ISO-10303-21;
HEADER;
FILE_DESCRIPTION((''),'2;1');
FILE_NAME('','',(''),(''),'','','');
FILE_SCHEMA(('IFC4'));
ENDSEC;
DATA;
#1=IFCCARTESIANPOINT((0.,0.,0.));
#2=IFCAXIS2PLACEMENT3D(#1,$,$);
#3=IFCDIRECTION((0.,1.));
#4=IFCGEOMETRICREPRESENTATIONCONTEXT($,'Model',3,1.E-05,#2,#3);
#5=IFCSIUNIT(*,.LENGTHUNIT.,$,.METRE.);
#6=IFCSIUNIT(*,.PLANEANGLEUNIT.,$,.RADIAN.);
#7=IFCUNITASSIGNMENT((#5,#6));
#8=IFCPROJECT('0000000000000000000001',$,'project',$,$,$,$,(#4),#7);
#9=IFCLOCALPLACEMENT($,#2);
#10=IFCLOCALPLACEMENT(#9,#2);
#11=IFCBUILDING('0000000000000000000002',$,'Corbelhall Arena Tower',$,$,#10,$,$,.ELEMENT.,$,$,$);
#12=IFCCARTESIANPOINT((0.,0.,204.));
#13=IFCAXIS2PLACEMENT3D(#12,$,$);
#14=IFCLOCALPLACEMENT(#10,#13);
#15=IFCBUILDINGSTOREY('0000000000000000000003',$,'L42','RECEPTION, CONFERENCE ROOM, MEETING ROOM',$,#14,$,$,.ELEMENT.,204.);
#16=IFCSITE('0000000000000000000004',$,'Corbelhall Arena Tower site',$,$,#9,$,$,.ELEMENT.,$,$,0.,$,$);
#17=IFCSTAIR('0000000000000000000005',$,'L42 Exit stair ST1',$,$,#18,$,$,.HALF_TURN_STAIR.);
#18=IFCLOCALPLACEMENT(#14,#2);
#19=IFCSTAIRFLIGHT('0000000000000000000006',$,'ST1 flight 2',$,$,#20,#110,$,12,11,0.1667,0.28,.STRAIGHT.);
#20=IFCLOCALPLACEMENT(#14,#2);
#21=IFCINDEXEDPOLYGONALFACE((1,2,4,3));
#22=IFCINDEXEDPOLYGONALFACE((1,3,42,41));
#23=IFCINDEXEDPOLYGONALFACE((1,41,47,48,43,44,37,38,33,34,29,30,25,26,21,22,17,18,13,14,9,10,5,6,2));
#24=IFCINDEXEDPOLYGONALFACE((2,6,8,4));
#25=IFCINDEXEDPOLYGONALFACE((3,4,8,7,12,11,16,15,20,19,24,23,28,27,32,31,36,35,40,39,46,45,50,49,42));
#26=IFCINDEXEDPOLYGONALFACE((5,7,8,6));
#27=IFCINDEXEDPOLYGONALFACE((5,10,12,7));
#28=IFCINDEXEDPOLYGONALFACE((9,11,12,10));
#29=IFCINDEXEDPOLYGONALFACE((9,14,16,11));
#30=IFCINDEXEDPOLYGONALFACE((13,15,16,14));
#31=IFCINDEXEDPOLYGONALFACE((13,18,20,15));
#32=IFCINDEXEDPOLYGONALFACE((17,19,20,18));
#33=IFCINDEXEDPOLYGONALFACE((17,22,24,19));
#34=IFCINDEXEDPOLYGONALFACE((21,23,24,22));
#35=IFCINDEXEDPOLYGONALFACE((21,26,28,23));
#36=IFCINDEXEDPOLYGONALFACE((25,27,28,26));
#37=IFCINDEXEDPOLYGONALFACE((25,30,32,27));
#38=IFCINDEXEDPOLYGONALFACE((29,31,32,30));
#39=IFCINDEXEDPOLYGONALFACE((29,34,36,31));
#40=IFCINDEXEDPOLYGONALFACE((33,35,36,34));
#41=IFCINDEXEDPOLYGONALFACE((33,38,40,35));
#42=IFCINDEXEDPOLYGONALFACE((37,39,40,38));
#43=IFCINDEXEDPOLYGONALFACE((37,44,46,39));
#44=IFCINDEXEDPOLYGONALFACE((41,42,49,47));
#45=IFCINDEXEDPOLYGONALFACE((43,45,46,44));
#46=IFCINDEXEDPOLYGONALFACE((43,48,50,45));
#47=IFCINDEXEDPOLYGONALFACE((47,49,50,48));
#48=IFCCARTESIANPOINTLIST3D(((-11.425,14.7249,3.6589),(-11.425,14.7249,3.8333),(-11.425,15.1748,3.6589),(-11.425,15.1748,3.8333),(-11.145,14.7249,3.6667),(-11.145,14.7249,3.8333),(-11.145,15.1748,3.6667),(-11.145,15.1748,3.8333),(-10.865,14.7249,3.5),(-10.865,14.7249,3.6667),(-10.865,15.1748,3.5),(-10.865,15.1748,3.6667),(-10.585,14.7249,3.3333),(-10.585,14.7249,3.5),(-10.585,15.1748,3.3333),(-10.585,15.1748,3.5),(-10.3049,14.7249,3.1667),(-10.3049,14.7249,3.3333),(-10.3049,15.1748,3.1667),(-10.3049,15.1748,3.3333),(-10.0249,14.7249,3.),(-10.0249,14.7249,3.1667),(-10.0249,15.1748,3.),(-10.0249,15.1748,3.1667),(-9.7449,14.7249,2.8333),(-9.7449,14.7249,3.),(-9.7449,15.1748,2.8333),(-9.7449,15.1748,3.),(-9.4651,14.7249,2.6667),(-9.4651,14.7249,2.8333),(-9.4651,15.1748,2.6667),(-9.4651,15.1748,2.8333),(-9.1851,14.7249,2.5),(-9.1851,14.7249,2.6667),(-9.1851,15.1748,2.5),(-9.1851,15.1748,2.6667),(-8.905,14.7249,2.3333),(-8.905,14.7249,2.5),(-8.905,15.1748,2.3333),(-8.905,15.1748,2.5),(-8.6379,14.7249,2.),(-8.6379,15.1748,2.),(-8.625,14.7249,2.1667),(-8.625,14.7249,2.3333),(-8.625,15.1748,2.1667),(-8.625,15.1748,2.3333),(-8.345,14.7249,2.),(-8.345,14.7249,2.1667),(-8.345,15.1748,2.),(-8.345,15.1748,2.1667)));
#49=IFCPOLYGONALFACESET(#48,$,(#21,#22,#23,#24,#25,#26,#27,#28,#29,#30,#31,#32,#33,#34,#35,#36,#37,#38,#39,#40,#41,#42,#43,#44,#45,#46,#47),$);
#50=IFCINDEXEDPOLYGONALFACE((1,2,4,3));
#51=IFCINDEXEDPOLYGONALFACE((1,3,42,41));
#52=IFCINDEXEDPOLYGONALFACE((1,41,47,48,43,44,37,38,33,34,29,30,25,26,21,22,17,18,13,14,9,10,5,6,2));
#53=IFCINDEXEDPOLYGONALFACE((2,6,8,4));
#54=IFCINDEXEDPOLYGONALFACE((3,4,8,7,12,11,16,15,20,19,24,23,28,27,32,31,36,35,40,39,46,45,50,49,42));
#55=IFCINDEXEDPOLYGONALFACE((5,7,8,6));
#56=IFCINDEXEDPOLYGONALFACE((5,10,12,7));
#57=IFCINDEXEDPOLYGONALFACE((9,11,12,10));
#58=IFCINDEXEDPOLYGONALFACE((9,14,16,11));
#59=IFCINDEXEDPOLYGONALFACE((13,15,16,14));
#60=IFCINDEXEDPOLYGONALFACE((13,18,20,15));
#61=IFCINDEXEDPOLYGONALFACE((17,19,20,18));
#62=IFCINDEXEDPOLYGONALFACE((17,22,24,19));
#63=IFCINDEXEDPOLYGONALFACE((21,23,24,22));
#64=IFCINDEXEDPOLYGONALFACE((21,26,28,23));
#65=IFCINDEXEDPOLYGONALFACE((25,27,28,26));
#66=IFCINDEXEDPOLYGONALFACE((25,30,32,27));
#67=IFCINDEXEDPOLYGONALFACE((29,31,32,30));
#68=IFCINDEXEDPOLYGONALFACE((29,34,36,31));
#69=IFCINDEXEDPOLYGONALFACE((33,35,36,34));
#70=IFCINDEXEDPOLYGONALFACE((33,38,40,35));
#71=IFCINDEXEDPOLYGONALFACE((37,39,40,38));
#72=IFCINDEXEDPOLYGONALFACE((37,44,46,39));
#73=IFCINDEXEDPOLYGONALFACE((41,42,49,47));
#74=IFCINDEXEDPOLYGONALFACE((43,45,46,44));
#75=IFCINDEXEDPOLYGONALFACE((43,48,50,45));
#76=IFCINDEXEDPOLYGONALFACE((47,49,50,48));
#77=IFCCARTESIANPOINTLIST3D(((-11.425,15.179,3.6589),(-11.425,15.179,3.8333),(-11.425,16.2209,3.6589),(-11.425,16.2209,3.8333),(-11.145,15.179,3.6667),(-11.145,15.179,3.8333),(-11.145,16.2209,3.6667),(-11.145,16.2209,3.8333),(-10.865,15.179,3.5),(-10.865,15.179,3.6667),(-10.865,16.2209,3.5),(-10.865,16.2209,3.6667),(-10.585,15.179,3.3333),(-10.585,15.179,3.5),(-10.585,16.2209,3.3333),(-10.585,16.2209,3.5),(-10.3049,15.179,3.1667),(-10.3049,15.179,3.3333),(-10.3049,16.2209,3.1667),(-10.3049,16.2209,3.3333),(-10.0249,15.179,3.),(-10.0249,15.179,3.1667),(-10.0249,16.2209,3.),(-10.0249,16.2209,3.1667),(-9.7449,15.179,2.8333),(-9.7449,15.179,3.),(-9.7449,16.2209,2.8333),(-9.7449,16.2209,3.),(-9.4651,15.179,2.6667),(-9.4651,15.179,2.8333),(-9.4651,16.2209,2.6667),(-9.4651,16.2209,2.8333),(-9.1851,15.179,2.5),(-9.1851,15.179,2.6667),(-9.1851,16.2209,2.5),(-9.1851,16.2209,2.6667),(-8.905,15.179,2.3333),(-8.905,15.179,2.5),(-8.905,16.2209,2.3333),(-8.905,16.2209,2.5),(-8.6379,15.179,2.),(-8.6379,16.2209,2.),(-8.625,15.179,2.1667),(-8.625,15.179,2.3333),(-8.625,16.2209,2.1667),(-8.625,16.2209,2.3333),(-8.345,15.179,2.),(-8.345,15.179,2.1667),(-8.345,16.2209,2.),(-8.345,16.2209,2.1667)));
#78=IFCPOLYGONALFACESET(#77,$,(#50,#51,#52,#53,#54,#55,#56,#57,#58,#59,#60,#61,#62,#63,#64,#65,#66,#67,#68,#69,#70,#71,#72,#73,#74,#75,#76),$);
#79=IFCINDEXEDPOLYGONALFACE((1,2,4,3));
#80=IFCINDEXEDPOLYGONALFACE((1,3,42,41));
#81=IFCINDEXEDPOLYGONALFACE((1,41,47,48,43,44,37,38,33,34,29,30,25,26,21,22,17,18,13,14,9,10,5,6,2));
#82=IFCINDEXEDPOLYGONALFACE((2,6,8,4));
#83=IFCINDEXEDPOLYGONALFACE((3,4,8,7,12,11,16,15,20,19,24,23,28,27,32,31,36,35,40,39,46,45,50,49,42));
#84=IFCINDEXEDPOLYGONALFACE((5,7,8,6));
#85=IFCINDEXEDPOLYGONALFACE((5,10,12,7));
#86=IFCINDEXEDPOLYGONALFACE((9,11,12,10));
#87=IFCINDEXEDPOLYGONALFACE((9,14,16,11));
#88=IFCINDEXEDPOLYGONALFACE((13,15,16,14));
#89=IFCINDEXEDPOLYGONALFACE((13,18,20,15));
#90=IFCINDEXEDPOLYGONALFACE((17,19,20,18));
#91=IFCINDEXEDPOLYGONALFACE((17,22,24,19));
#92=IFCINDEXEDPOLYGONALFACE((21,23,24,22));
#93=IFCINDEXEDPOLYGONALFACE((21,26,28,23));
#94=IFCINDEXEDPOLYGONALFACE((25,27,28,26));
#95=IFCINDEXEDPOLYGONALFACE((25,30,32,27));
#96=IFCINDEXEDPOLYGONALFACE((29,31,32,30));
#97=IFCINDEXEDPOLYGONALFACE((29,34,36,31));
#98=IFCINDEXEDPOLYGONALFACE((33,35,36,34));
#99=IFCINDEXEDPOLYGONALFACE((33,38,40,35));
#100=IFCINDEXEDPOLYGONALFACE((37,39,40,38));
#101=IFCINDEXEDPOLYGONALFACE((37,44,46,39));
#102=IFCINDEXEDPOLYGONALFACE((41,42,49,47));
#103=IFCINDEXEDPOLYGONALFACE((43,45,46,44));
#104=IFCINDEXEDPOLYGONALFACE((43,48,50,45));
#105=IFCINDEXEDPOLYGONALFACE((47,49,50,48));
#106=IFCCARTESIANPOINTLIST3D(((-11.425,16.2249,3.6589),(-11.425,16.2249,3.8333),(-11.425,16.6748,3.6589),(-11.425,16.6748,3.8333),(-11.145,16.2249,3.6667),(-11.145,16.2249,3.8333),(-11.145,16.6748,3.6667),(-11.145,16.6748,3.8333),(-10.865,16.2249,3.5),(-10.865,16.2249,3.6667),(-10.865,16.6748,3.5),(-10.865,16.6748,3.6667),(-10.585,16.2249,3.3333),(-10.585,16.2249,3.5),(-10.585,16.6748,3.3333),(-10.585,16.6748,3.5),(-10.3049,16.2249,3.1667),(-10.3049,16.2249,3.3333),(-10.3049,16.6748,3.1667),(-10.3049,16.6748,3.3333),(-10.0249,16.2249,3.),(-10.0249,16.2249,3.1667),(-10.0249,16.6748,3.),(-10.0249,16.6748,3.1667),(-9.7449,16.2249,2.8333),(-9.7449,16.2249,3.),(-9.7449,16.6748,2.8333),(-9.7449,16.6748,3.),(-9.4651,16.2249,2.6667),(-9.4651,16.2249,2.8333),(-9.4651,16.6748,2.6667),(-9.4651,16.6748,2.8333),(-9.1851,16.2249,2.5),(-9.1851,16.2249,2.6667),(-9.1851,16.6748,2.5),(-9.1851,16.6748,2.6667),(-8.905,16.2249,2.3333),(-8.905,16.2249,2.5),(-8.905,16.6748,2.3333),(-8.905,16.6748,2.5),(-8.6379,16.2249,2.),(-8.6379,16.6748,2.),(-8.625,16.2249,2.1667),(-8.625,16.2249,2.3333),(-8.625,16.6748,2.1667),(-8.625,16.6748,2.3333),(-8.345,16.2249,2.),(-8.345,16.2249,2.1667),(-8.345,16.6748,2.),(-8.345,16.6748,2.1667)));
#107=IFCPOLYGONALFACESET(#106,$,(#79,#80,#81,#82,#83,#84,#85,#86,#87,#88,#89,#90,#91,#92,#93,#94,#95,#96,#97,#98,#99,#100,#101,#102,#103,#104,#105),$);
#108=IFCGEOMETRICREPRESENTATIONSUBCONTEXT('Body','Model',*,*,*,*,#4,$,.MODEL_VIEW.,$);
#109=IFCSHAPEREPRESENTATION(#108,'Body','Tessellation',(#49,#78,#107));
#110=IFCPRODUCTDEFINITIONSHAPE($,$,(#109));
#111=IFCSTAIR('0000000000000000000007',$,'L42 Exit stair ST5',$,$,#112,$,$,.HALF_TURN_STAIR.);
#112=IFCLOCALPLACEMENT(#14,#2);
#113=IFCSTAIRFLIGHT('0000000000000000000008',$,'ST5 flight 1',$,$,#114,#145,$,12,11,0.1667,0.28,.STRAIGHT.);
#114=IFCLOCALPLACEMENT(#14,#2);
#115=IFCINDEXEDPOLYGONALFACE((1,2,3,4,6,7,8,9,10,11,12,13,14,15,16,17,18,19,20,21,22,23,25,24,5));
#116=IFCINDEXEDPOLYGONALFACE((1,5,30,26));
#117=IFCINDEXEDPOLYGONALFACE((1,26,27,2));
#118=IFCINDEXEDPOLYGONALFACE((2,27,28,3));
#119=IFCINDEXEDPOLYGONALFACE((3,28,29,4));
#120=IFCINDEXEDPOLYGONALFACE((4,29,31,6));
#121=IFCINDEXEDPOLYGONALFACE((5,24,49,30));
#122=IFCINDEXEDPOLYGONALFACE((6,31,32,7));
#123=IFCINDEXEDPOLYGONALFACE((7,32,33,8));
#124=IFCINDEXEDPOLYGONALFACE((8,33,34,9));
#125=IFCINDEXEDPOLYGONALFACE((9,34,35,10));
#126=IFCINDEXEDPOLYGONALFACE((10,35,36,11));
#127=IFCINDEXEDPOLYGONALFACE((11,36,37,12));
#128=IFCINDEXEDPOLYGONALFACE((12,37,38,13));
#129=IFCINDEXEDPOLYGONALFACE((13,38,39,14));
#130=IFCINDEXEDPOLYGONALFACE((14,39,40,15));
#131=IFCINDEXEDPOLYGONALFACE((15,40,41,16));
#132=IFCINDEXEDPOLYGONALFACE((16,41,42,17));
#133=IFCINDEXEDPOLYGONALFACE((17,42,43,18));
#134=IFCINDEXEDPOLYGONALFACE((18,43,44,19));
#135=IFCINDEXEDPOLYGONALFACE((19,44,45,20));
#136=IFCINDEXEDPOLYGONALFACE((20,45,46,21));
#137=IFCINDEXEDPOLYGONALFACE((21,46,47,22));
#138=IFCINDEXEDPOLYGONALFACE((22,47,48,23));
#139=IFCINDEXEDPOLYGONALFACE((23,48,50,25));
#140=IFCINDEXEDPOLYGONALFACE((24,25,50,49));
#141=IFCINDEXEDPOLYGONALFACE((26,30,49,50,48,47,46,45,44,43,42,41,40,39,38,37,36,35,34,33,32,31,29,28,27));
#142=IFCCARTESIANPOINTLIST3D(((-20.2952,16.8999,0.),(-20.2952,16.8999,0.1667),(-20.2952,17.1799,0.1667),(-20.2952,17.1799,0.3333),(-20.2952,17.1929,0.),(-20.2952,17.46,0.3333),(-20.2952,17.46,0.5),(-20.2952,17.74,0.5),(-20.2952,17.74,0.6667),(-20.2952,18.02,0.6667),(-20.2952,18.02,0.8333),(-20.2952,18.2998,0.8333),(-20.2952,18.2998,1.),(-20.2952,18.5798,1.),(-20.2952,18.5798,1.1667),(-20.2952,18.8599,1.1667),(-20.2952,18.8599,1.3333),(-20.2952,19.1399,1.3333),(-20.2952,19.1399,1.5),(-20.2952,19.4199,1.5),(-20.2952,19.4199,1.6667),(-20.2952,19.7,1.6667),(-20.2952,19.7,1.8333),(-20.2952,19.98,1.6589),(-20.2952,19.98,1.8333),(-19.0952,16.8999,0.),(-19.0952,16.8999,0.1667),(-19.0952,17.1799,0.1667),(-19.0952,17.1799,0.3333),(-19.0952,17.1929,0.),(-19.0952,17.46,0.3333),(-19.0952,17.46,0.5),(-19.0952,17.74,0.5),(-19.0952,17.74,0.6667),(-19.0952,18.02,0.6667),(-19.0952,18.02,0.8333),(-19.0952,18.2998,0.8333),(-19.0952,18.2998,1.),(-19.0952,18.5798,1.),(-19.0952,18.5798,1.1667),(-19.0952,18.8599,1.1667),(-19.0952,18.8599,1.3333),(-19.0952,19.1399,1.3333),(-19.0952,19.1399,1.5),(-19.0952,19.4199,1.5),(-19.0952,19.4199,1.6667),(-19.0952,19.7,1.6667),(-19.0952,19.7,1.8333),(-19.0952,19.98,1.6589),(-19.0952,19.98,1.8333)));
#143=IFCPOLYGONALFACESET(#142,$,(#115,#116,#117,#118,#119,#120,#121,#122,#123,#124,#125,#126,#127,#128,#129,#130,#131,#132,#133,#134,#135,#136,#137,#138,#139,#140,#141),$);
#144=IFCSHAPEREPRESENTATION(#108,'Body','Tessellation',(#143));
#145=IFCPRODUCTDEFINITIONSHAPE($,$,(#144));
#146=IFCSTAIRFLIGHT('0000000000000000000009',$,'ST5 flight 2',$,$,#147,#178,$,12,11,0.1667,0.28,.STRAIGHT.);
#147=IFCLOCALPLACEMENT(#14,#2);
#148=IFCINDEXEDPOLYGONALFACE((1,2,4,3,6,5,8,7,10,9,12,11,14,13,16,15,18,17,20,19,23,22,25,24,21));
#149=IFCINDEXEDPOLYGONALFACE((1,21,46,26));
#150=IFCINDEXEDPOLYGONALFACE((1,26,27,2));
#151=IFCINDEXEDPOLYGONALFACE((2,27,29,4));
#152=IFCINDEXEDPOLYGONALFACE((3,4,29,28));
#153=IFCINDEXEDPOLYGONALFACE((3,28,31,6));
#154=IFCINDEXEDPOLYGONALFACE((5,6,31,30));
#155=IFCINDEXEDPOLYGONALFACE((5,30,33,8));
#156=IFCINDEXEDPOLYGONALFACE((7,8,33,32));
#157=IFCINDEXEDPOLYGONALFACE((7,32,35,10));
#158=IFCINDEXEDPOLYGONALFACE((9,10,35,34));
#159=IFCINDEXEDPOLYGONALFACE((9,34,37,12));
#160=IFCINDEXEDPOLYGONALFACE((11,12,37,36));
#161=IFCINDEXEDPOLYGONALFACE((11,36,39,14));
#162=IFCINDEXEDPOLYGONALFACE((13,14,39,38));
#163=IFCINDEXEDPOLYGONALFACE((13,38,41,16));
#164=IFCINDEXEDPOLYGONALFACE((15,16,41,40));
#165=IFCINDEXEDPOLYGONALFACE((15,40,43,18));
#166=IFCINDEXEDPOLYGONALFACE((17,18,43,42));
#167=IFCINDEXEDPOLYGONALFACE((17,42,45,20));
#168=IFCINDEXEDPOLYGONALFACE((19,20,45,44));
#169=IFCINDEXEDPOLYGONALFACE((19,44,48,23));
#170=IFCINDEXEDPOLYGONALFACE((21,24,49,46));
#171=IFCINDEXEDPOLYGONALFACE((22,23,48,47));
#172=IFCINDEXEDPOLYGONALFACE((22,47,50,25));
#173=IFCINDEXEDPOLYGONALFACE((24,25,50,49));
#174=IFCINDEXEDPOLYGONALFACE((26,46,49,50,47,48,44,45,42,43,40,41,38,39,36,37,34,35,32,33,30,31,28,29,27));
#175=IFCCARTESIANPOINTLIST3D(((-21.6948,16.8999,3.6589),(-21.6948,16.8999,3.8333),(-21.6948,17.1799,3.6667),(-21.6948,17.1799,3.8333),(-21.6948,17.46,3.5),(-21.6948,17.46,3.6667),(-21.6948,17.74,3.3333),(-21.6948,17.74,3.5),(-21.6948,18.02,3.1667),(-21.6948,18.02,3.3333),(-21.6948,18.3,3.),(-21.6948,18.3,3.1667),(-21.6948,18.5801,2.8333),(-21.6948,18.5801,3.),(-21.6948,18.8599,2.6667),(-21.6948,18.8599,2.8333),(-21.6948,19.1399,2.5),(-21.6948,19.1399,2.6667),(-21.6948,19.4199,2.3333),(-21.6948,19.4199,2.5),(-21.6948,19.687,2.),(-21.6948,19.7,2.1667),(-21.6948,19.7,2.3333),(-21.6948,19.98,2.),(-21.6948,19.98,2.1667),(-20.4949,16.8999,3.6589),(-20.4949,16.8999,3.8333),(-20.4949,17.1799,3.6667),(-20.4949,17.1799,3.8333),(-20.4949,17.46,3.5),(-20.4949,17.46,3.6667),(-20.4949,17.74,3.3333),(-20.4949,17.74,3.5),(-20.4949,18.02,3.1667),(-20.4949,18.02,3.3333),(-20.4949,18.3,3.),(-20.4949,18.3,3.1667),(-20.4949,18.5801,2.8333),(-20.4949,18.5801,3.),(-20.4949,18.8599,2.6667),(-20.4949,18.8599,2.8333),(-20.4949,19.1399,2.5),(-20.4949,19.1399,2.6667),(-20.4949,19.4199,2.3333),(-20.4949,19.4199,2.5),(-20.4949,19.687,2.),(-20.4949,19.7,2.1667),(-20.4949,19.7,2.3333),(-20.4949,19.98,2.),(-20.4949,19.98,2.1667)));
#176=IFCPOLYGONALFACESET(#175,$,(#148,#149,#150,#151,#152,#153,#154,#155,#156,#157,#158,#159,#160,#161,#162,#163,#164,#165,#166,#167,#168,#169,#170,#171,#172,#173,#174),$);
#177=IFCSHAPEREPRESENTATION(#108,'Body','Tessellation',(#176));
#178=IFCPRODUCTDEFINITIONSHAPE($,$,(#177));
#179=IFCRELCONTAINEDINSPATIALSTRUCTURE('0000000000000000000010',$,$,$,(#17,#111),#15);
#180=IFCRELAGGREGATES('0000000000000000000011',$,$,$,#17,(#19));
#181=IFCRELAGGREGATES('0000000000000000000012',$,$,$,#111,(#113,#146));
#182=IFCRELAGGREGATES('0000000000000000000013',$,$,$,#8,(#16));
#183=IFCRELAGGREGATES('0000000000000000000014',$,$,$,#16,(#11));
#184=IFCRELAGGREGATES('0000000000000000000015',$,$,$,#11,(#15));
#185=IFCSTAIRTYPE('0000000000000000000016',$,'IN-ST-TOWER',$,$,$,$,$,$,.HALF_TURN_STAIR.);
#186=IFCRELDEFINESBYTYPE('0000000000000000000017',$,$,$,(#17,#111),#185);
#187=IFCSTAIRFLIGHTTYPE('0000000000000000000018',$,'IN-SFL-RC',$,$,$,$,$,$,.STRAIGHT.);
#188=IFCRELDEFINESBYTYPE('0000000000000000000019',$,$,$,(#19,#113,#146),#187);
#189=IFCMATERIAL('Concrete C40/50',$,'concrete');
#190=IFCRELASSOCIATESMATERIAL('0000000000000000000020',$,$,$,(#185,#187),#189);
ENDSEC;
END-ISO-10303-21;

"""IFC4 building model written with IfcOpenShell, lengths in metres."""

from ifc_helpers import new_model, si_unit, direction, frame, origin, place, context, subcontext, project, spatial, polyline, outline, extrude, material, type_object, element, aggregate, save


model = new_model("IFC4")

# Units and contexts
model_context = context("Model", 3, precision=1e-05, world=origin(), true_north=direction((0.0, 1.0)))
body_context = subcontext(model_context, "Body", "Model", "MODEL_VIEW")
ifc_project = project(units=[si_unit("LENGTHUNIT", "METRE"), si_unit("PLANEANGLEUNIT", "RADIAN")], contexts=[model_context])

# Site, building, storey
site_placement = place(None, origin())
site = spatial("IfcSite", under=ifc_project, at=site_placement, Name="Corbelhall Arena Tower site", CompositionType="ELEMENT", RefElevation=0.0)
building_placement = place(site_placement, origin())
building = spatial("IfcBuilding", under=site, at=building_placement, Name="Corbelhall Arena Tower", CompositionType="ELEMENT")
storey_placement = place(building_placement, frame((0.0, 0.0, 204.0)))
storey = spatial("IfcBuildingStorey", under=building, at=storey_placement, Name="L42", Description="RECEPTION, CONFERENCE ROOM, MEETING ROOM", CompositionType="ELEMENT", Elevation=204.0)

# Shared definitions
ifc_material_1 = material(Name="Concrete C40/50", Category="concrete")

# Stair, stair flight
stair_type = type_object("IfcStairType", Name="IN-ST-TOWER", PredefinedType="HALF_TURN_STAIR", material=ifc_material_1)
stair_1_placement = place(storey_placement, origin())
stair_1 = element("IfcStair", 1, at=stair_1_placement, inside=storey, type_object=stair_type, Name="L42 Exit stair ST1", PredefinedType="HALF_TURN_STAIR")
stair_flight_type = type_object("IfcStairFlightType", Name="IN-SFL-RC", PredefinedType="STRAIGHT", material=ifc_material_1)
stair_flight_1_placement = place(storey_placement, frame((-8.345, 15.7, 2.0), z_axis=(0.0, 0.0, 1.0), x_axis=(-1.0, 0.0, 0.0)))
stair_flight_1 = element("IfcStairFlight", 2, at=stair_flight_1_placement, type_object=stair_flight_type, Name="ST1 flight 2", NumberOfRisers=12, NumberOfTreads=11, PredefinedType="STRAIGHT", RiserHeight=0.1667, TreadLength=0.28, context=body_context, shape_type="SweptSolid", body=[
    extrude(outline(polyline([(0.0, 0.0), (0.0, 0.1667), (0.28, 0.1667), (0.28, 0.3333), (0.5601, 0.3333), (0.5601, 0.5), (0.8401, 0.5), (0.8401, 0.6667), (1.1201, 0.6667), (1.1201, 0.8333), (1.3999, 0.8333), (1.3999, 1.0), (1.6799, 1.0), (1.6799, 1.1667), (1.96, 1.1667), (1.96, 1.3333), (2.24, 1.3333), (2.24, 1.5), (2.52, 1.5), (2.52, 1.6667), (2.8, 1.6667), (2.8, 1.8333), (3.0801, 1.8333), (3.0801, 2.0), (3.0801, 1.6589), (0.293, 0.0), (0.0, 0.0)])), frame((0.0, 0.9751, 0.0), z_axis=(0.0, -1.0, 0.0), x_axis=(1.0, 0.0, 0.0)), (0.0, 0.0, 1.0), 0.45),
    extrude(outline(polyline([(0.0, 0.0), (0.0, 0.1667), (0.28, 0.1667), (0.28, 0.3333), (0.5601, 0.3333), (0.5601, 0.5), (0.8401, 0.5), (0.8401, 0.6667), (1.1201, 0.6667), (1.1201, 0.8333), (1.3999, 0.8333), (1.3999, 1.0), (1.6799, 1.0), (1.6799, 1.1667), (1.96, 1.1667), (1.96, 1.3333), (2.24, 1.3333), (2.24, 1.5), (2.52, 1.5), (2.52, 1.6667), (2.8, 1.6667), (2.8, 1.8333), (3.0801, 1.8333), (3.0801, 2.0), (3.0801, 1.6589), (0.293, 0.0), (0.0, 0.0)])), frame((0.0, 0.521, 0.0), z_axis=(0.0, -1.0, 0.0), x_axis=(1.0, 0.0, 0.0)), (0.0, 0.0, 1.0), 1.042),
    extrude(outline(polyline([(0.0, 0.0), (0.0, 0.1667), (0.28, 0.1667), (0.28, 0.3333), (0.5601, 0.3333), (0.5601, 0.5), (0.8401, 0.5), (0.8401, 0.6667), (1.1201, 0.6667), (1.1201, 0.8333), (1.3999, 0.8333), (1.3999, 1.0), (1.6799, 1.0), (1.6799, 1.1667), (1.96, 1.1667), (1.96, 1.3333), (2.24, 1.3333), (2.24, 1.5), (2.52, 1.5), (2.52, 1.6667), (2.8, 1.6667), (2.8, 1.8333), (3.0801, 1.8333), (3.0801, 2.0), (3.0801, 1.6589), (0.293, 0.0), (0.0, 0.0)])), frame((0.0, -0.5249, 0.0), z_axis=(0.0, -1.0, 0.0), x_axis=(1.0, 0.0, 0.0)), (0.0, 0.0, 1.0), 0.45),
])
aggregate(stair_1, [stair_flight_1])

# Stair, stair flights
stair_2_placement = place(storey_placement, origin())
stair_2 = element("IfcStair", 3, at=stair_2_placement, inside=storey, type_object=stair_type, Name="L42 Exit stair ST5", PredefinedType="HALF_TURN_STAIR")
stair_flight_2_placement = place(storey_placement, frame((-19.6951, 16.8999, 0.0), z_axis=(0.0, 0.0, 1.0), x_axis=(0.0, 1.0, 0.0)))
stair_flight_2 = element("IfcStairFlight", 4, at=stair_flight_2_placement, type_object=stair_flight_type, Name="ST5 flight 1", NumberOfRisers=12, NumberOfTreads=11, PredefinedType="STRAIGHT", RiserHeight=0.1667, TreadLength=0.28, context=body_context, shape_type="SweptSolid", body=[
    extrude(outline(polyline([(0.0, 0.0), (0.0, 0.1667), (0.28, 0.1667), (0.28, 0.3333), (0.5601, 0.3333), (0.5601, 0.5), (0.8401, 0.5), (0.8401, 0.6667), (1.1201, 0.6667), (1.1201, 0.8333), (1.3999, 0.8333), (1.3999, 1.0), (1.6799, 1.0), (1.6799, 1.1667), (1.96, 1.1667), (1.96, 1.3333), (2.24, 1.3333), (2.24, 1.5), (2.52, 1.5), (2.52, 1.6667), (2.8, 1.6667), (2.8, 1.8333), (3.0801, 1.8333), (3.0801, 2.0), (3.0801, 1.6589), (0.293, 0.0), (0.0, 0.0)])), frame((0.0, 0.6001, 0.0), z_axis=(0.0, -1.0, 0.0), x_axis=(1.0, 0.0, 0.0)), (0.0, 0.0, 1.0), 1.2),
])
stair_flight_3_placement = place(storey_placement, frame((-21.095, 19.98, 2.0), z_axis=(0.0, 0.0, 1.0), x_axis=(0.0, -1.0, 0.0)))
stair_flight_3 = element("IfcStairFlight", 5, at=stair_flight_3_placement, type_object=stair_flight_type, Name="ST5 flight 2", NumberOfRisers=12, NumberOfTreads=11, PredefinedType="STRAIGHT", RiserHeight=0.1667, TreadLength=0.28, context=body_context, shape_type="SweptSolid", body=[
    extrude(outline(polyline([(0.0, 0.0), (0.0, 0.1667), (0.28, 0.1667), (0.28, 0.3333), (0.5601, 0.3333), (0.5601, 0.5), (0.8401, 0.5), (0.8401, 0.6667), (1.1201, 0.6667), (1.1201, 0.8333), (1.3999, 0.8333), (1.3999, 1.0), (1.6799, 1.0), (1.6799, 1.1667), (1.96, 1.1667), (1.96, 1.3333), (2.24, 1.3333), (2.24, 1.5), (2.52, 1.5), (2.52, 1.6667), (2.8, 1.6667), (2.8, 1.8333), (3.0801, 1.8333), (3.0801, 2.0), (3.0801, 1.6589), (0.293, 0.0), (0.0, 0.0)])), frame((0.0, 0.6001, 0.0), z_axis=(0.0, -1.0, 0.0), x_axis=(1.0, 0.0, 0.0)), (0.0, 0.0, 1.0), 1.2),
])
aggregate(stair_2, [stair_flight_2, stair_flight_3])

save(model, "model.ifc")
